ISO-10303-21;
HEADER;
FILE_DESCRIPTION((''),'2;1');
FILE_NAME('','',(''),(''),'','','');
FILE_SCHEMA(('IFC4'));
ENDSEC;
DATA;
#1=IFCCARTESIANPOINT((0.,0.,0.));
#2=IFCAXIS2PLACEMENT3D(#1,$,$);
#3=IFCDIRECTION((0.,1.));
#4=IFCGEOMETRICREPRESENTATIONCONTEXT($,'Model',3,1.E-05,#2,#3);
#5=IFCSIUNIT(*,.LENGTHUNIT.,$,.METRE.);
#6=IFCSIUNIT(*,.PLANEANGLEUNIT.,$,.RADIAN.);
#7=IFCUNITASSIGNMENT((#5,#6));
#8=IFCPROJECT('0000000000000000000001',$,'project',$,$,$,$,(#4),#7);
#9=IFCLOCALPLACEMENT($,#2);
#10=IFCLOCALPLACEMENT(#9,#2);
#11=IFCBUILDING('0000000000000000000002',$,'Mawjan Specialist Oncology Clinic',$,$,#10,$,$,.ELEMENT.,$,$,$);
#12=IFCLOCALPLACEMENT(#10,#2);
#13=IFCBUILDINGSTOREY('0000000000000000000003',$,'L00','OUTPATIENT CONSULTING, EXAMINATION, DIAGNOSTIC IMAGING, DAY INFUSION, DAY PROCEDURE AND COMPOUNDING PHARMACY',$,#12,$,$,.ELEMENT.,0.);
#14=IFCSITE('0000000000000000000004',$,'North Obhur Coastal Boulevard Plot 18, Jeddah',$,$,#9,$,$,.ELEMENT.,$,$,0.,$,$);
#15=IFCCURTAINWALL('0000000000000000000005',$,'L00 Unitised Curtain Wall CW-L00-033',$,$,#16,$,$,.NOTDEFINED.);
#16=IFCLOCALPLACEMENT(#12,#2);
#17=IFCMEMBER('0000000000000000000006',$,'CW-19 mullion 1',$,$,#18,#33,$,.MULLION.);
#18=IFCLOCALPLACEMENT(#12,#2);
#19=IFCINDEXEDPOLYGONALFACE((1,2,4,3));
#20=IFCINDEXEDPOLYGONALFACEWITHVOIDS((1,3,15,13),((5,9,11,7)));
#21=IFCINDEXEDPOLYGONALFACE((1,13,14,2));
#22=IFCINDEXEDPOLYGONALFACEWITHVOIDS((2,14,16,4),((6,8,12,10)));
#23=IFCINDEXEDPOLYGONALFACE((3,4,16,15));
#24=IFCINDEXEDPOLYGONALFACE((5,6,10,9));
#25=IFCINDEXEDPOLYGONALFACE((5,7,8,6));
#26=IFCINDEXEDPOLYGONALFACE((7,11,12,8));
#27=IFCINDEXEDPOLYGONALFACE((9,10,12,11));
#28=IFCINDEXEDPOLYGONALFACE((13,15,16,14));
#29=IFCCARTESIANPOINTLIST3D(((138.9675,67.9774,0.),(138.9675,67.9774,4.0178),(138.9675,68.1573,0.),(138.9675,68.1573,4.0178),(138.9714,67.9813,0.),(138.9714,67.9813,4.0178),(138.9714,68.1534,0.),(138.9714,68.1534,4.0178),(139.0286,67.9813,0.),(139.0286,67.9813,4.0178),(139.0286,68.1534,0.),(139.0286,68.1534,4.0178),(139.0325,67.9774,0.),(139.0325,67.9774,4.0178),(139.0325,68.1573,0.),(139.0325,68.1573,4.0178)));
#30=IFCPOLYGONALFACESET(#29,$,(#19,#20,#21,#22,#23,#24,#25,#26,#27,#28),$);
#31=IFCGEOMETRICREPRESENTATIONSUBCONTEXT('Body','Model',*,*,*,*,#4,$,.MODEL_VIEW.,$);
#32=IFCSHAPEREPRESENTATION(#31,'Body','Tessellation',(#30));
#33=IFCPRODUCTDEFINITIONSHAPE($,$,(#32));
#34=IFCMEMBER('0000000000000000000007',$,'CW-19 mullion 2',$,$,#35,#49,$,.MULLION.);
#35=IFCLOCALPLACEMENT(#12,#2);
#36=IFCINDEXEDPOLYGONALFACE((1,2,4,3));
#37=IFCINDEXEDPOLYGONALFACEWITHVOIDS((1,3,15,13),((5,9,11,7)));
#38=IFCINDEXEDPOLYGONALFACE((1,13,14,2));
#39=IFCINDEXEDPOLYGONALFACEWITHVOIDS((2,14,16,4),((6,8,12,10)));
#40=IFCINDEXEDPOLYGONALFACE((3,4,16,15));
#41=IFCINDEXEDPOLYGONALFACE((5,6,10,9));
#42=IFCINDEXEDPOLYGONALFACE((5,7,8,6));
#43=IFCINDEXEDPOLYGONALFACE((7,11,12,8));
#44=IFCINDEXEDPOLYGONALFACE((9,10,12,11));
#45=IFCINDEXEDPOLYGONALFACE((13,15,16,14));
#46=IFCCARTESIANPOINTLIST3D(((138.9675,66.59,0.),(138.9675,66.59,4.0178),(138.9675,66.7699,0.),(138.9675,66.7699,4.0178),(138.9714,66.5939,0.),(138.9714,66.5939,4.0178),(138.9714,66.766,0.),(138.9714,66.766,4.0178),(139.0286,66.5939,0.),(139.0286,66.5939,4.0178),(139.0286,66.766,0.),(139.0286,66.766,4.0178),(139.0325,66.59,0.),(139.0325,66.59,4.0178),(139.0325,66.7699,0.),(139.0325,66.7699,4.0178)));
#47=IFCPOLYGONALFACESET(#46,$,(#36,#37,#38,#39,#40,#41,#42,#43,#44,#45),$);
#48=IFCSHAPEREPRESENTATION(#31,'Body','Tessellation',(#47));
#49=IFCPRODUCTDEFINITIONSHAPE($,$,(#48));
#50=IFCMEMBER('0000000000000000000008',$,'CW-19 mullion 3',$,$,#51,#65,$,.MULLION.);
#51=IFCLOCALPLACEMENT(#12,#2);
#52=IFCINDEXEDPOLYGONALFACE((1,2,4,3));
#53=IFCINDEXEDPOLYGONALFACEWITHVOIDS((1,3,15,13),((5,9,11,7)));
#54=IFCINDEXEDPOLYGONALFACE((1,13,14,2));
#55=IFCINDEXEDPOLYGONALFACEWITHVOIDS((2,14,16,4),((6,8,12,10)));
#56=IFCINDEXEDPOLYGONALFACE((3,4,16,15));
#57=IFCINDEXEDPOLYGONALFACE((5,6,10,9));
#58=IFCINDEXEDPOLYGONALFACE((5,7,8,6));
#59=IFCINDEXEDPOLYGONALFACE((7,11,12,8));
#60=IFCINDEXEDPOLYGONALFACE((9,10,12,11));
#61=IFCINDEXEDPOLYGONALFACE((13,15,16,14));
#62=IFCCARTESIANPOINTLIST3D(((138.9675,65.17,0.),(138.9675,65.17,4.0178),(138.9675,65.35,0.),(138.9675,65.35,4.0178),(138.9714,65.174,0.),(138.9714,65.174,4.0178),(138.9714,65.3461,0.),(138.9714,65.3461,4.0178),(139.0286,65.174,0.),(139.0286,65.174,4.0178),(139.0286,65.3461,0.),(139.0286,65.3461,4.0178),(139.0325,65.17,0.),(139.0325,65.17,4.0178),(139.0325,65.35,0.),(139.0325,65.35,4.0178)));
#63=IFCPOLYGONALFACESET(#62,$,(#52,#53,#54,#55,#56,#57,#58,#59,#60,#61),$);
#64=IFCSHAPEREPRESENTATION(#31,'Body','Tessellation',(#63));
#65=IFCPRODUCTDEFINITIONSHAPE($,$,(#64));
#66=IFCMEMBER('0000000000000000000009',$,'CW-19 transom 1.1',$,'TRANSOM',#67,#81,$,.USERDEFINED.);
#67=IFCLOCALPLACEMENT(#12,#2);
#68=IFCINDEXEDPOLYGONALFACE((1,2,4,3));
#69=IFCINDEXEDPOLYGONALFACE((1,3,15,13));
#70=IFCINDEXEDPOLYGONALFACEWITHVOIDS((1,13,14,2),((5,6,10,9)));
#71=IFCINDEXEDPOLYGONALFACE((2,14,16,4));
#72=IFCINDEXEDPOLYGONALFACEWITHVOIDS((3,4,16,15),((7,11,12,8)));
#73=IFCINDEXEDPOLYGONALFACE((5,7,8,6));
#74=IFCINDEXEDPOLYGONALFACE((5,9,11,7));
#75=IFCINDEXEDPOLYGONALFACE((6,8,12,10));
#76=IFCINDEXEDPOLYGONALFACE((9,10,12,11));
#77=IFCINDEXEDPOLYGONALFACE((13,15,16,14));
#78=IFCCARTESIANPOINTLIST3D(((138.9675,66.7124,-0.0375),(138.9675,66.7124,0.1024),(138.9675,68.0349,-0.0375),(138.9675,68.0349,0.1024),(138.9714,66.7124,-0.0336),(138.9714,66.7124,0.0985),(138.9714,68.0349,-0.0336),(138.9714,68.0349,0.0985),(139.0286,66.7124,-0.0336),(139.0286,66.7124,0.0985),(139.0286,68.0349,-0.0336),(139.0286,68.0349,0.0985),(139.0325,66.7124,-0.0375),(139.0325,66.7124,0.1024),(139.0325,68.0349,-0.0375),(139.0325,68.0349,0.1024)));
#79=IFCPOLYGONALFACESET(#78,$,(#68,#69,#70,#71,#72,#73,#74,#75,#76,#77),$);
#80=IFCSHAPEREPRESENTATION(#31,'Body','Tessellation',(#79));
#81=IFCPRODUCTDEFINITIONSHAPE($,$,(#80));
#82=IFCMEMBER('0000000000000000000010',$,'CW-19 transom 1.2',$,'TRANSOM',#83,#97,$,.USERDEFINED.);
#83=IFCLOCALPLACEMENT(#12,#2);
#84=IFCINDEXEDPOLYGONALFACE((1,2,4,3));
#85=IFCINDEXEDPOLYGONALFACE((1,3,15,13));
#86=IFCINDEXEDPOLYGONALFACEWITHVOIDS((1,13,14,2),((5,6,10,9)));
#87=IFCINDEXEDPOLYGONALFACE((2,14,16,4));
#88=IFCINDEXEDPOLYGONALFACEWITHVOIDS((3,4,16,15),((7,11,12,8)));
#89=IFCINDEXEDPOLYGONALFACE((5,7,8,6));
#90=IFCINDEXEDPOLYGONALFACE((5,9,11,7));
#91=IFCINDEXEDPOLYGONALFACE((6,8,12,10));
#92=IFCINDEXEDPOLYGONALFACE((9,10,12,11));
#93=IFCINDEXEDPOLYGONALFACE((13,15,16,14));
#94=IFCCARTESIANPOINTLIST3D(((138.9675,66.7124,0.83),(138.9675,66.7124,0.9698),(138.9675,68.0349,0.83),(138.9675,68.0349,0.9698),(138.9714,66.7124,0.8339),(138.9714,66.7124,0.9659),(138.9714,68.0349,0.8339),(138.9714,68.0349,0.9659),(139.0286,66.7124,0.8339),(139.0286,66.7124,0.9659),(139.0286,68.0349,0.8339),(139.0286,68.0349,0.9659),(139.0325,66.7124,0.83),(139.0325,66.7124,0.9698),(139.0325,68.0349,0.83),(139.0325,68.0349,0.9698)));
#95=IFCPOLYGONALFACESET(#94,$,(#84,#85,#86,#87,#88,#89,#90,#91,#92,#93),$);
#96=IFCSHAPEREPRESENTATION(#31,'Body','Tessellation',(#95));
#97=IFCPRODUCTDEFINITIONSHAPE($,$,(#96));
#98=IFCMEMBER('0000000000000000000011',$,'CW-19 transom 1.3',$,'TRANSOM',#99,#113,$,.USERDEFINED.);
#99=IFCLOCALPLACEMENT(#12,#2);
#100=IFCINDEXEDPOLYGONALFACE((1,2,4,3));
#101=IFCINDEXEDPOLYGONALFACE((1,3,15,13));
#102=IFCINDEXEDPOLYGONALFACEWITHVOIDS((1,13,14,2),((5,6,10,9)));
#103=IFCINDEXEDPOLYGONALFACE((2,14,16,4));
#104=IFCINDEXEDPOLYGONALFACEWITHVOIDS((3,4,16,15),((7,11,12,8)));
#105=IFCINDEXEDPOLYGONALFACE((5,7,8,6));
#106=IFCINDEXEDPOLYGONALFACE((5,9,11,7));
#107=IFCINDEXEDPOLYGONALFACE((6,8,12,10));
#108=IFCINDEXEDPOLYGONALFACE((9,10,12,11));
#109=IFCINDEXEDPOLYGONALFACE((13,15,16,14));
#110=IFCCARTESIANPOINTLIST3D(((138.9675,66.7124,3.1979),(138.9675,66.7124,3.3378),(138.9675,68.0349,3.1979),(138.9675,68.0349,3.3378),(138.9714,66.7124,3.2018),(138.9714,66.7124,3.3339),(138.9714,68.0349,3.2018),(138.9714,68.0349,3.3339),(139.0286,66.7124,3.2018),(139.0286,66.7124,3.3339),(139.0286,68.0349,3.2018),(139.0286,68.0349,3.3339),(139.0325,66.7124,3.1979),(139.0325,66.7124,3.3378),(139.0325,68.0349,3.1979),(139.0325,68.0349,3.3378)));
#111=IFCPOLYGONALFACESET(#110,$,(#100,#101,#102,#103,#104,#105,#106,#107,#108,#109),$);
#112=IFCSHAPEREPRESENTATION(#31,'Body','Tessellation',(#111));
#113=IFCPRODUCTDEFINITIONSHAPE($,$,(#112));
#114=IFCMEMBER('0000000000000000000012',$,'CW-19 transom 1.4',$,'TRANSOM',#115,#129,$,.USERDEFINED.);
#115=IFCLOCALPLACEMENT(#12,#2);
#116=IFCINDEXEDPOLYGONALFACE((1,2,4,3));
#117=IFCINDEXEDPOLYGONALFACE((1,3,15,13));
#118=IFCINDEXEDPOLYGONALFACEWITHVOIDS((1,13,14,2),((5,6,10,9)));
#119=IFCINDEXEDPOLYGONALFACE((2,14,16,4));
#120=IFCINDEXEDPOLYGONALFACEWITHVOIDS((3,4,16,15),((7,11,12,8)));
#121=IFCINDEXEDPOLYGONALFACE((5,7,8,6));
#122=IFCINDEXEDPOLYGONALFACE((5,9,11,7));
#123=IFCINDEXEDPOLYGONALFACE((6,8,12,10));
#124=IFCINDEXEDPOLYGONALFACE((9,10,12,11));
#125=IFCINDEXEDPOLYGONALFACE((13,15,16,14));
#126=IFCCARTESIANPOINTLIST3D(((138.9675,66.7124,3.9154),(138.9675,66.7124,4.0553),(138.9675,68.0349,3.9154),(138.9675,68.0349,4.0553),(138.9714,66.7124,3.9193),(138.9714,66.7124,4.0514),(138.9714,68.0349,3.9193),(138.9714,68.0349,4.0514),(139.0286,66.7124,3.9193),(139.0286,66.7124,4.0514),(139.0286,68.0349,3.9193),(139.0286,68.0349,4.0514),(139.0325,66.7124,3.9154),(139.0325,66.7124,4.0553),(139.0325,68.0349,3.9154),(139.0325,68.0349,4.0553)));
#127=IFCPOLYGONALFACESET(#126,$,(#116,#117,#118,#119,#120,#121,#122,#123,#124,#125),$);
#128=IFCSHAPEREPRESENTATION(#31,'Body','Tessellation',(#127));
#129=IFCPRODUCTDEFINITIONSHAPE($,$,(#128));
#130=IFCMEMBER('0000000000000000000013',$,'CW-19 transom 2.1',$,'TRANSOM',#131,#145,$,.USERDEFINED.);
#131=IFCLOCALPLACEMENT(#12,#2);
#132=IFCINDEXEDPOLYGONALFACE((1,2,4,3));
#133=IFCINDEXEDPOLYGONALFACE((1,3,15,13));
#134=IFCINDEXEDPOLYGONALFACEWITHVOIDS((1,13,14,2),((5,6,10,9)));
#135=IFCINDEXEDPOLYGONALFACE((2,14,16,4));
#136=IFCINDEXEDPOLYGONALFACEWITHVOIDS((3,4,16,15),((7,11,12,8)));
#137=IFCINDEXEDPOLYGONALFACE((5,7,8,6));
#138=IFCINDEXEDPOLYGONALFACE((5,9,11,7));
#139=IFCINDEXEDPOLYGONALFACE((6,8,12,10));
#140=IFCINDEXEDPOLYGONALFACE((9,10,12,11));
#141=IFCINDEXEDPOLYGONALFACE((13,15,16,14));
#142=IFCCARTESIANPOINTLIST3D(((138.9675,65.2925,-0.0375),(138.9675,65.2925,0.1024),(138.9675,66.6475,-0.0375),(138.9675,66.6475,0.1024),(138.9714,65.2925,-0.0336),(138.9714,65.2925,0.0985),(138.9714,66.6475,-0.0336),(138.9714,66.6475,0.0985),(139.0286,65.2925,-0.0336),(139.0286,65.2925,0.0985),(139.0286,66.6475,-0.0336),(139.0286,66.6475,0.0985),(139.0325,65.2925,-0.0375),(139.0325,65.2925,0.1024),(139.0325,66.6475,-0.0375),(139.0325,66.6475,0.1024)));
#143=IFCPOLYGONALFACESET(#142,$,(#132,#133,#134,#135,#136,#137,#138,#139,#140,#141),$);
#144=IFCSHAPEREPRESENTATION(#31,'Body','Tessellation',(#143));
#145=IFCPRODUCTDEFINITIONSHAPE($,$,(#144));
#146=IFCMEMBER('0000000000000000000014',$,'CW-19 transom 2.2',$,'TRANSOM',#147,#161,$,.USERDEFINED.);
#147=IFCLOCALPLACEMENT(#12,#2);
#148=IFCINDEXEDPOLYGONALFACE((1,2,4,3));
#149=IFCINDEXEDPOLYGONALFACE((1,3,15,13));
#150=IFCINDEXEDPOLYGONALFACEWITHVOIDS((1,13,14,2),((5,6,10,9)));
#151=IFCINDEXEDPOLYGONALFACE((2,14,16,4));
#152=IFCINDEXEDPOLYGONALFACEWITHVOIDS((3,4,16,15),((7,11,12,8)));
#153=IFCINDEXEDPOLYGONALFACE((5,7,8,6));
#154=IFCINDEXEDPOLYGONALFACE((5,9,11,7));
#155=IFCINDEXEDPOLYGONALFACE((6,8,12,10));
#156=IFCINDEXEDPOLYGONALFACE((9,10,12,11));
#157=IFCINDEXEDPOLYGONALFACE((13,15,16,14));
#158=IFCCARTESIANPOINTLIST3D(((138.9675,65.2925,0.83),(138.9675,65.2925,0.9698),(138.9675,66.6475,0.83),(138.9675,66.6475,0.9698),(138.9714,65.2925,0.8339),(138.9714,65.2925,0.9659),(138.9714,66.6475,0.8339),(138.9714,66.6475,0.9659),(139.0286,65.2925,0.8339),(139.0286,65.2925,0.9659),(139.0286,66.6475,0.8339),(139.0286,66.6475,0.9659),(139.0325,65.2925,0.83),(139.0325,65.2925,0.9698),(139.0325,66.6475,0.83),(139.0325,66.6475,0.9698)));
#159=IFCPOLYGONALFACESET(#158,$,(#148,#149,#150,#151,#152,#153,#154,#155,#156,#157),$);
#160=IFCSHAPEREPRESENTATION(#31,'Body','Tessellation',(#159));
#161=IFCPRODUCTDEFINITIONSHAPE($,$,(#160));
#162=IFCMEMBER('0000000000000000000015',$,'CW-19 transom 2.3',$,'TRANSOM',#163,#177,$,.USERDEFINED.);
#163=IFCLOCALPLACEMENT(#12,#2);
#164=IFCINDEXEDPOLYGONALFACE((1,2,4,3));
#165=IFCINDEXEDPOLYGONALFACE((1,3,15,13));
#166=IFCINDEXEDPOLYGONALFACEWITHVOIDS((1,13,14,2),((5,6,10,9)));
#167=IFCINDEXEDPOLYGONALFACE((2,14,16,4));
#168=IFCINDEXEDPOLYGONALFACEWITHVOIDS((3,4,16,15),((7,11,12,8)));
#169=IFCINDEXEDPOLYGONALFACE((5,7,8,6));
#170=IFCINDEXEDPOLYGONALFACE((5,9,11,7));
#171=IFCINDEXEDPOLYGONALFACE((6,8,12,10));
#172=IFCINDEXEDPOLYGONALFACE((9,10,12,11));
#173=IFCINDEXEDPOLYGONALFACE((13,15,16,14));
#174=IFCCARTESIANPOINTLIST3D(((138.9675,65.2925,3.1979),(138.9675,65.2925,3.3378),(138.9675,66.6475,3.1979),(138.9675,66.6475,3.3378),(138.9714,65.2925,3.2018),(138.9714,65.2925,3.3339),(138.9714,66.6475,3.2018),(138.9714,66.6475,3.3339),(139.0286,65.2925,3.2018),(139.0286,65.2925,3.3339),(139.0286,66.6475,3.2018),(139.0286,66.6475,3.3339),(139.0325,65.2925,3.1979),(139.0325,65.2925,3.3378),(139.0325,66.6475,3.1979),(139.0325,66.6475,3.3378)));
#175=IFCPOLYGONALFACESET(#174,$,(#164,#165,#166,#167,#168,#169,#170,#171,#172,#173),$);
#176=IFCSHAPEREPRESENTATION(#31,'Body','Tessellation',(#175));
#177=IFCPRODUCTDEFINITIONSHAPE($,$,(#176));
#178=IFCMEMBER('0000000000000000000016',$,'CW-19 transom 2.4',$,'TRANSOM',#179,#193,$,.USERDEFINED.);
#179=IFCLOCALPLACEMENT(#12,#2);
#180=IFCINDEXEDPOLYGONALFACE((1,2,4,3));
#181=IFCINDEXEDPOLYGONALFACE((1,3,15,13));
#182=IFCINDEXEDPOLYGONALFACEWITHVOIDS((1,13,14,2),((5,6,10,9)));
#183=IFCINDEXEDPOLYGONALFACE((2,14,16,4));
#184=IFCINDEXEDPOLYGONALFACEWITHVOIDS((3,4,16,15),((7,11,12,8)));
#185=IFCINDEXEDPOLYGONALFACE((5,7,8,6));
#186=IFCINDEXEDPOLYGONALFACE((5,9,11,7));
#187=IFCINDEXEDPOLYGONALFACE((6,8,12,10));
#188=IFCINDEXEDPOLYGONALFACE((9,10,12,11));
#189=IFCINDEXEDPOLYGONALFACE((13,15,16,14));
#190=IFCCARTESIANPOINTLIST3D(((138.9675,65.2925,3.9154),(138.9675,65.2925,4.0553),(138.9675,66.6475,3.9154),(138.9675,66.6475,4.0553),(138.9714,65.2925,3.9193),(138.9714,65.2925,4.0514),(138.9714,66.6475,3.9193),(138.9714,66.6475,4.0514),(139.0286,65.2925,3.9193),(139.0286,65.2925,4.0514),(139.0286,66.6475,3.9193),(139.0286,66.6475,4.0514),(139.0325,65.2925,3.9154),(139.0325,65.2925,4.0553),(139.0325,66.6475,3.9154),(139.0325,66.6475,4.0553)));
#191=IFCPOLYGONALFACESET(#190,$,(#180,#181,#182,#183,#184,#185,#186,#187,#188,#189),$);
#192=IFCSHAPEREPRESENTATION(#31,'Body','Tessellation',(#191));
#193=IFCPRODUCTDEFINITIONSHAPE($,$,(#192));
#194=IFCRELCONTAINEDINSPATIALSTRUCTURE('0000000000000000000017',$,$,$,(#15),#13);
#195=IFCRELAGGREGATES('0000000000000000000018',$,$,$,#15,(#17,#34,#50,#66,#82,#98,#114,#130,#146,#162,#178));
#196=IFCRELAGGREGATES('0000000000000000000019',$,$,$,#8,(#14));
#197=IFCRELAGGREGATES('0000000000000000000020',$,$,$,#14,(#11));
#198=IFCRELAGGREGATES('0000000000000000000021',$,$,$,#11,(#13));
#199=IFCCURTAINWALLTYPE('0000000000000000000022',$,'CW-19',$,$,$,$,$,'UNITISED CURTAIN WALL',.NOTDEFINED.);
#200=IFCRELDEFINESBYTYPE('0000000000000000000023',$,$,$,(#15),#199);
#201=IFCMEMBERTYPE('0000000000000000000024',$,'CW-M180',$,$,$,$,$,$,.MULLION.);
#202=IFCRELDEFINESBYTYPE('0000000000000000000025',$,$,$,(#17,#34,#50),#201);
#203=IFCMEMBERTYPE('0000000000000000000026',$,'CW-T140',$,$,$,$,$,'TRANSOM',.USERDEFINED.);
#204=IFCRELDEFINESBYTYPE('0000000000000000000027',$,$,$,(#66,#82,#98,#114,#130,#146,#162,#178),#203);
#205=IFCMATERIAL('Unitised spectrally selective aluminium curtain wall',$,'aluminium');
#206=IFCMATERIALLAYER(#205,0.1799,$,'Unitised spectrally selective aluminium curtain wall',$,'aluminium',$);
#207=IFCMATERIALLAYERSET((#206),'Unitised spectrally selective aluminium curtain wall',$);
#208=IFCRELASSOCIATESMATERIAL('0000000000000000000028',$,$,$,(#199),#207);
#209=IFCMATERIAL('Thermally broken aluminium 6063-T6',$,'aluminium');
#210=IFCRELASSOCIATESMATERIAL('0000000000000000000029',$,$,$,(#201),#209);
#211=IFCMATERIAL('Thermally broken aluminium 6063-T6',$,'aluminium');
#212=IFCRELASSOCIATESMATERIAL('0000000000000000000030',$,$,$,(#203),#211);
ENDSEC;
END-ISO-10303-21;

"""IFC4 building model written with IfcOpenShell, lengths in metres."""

from ifc_helpers import new_model, si_unit, direction, frame, origin, origin_2d, place, context, subcontext, project, spatial, hollow_rectangle, extrude, material, layer, layer_set, material_profile, profile_set, type_object, element, aggregate, save


model = new_model("IFC4")

# Units and contexts
model_context = context("Model", 3, precision=1e-05, world=origin(), true_north=direction((0.0, 1.0)))
body_context = subcontext(model_context, "Body", "Model", "MODEL_VIEW")
ifc_project = project(units=[si_unit("LENGTHUNIT", "METRE"), si_unit("PLANEANGLEUNIT", "RADIAN")], contexts=[model_context])

# Site, building, storey
site_placement = place(None, origin())
site = spatial("IfcSite", under=ifc_project, at=site_placement, Name="North Obhur Coastal Boulevard Plot 18, Jeddah", CompositionType="ELEMENT", RefElevation=0.0)
building_placement = place(site_placement, origin())
building = spatial("IfcBuilding", under=site, at=building_placement, Name="Mawjan Specialist Oncology Clinic", CompositionType="ELEMENT")
storey_placement = place(building_placement, origin())
storey = spatial("IfcBuildingStorey", under=building, at=storey_placement, Name="L00", Description="OUTPATIENT CONSULTING, EXAMINATION, DIAGNOSTIC IMAGING, DAY INFUSION, DAY PROCEDURE AND COMPOUNDING PHARMACY", CompositionType="ELEMENT", Elevation=0.0)

# Curtain wall, members
ifc_material_1 = material(Name="Unitised spectrally selective aluminium curtain wall", Category="aluminium")
ifc_layer_1 = layer(ifc_material_1, 0.1799, Name="Unitised spectrally selective aluminium curtain wall", Category="aluminium")
ifc_layer_set_1 = layer_set([ifc_layer_1], Name="Unitised spectrally selective aluminium curtain wall")
curtain_wall_type = type_object("IfcCurtainWallType", Name="CW-19", ElementType="UNITISED CURTAIN WALL", PredefinedType="NOTDEFINED", material=ifc_layer_set_1)
curtain_wall_placement = place(storey_placement, origin())
curtain_wall = element("IfcCurtainWall", 1, at=curtain_wall_placement, inside=storey, type_object=curtain_wall_type, Name="L00 Unitised Curtain Wall CW-L00-033", PredefinedType="NOTDEFINED")
ifc_material_2 = material(Name="Thermally broken aluminium 6063-T6", Category="aluminium")
ifc_material_profile_1 = material_profile(ifc_material_2, hollow_rectangle(XDim=0.0649, YDim=0.1799, WallThickness=0.0039, at=origin_2d()), Name="ALU MULLION 180x65x4", Category="aluminium")
ifc_profile_set_1 = profile_set([ifc_material_profile_1], Name="Thermally broken aluminium 6063-T6")
member_type_1 = type_object("IfcMemberType", Name="CW-M180", PredefinedType="MULLION", material=ifc_profile_set_1)
member_1_placement = place(storey_placement, frame((139.0, 68.0674, 0.0), z_axis=(0.0, 0.0, 1.0), x_axis=(1.0, 0.0, 0.0)))
member_1 = element("IfcMember", 2, at=member_1_placement, type_object=member_type_1, Name="CW-19 mullion 1", PredefinedType="MULLION", context=body_context, shape_type="SweptSolid", body=[
    extrude(hollow_rectangle(XDim=0.0649, YDim=0.1799, WallThickness=0.0039, at=origin_2d()), origin(), (0.0, 0.0, 1.0), 4.0178),
])
member_2_placement = place(storey_placement, frame((139.0, 66.6799, 0.0), z_axis=(0.0, 0.0, 1.0), x_axis=(1.0, 0.0, 0.0)))
member_2 = element("IfcMember", 3, at=member_2_placement, type_object=member_type_1, Name="CW-19 mullion 2", PredefinedType="MULLION", context=body_context, shape_type="SweptSolid", body=[
    extrude(hollow_rectangle(XDim=0.0649, YDim=0.1799, WallThickness=0.0039, at=origin_2d()), origin(), (0.0, 0.0, 1.0), 4.0178),
])
member_3_placement = place(storey_placement, frame((139.0, 65.26, 0.0), z_axis=(0.0, 0.0, 1.0), x_axis=(1.0, 0.0, 0.0)))
member_3 = element("IfcMember", 4, at=member_3_placement, type_object=member_type_1, Name="CW-19 mullion 3", PredefinedType="MULLION", context=body_context, shape_type="SweptSolid", body=[
    extrude(hollow_rectangle(XDim=0.0649, YDim=0.1799, WallThickness=0.0039, at=origin_2d()), origin(), (0.0, 0.0, 1.0), 4.0178),
])
ifc_material_3 = material(Name="Thermally broken aluminium 6063-T6", Category="aluminium")
ifc_material_profile_2 = material_profile(ifc_material_3, hollow_rectangle(XDim=0.0649, YDim=0.1399, WallThickness=0.0039, at=origin_2d()), Name="ALU TRANSOM 140x65x4", Category="aluminium")
ifc_profile_set_2 = profile_set([ifc_material_profile_2], Name="Thermally broken aluminium 6063-T6")
member_type_2 = type_object("IfcMemberType", Name="CW-T140", ElementType="TRANSOM", PredefinedType="USERDEFINED", material=ifc_profile_set_2)
member_4_placement = place(storey_placement, frame((139.0, 68.0349, 0.0325), z_axis=(0.0, -1.0, 0.0), x_axis=(1.0, 0.0, 0.0)))
member_4 = element("IfcMember", 5, at=member_4_placement, type_object=member_type_2, Name="CW-19 transom 1.1", ObjectType="TRANSOM", PredefinedType="USERDEFINED", context=body_context, shape_type="SweptSolid", body=[
    extrude(hollow_rectangle(XDim=0.0649, YDim=0.1399, WallThickness=0.0039, at=origin_2d()), origin(), (0.0, 0.0, 1.0), 1.3225),
])
member_5_placement = place(storey_placement, frame((139.0, 68.0349, 0.8999), z_axis=(0.0, -1.0, 0.0), x_axis=(1.0, 0.0, 0.0)))
member_5 = element("IfcMember", 6, at=member_5_placement, type_object=member_type_2, Name="CW-19 transom 1.2", ObjectType="TRANSOM", PredefinedType="USERDEFINED", context=body_context, shape_type="SweptSolid", body=[
    extrude(hollow_rectangle(XDim=0.0649, YDim=0.1399, WallThickness=0.0039, at=origin_2d()), origin(), (0.0, 0.0, 1.0), 1.3225),
])
member_6_placement = place(storey_placement, frame((139.0, 68.0349, 3.2678), z_axis=(0.0, -1.0, 0.0), x_axis=(1.0, 0.0, 0.0)))
member_6 = element("IfcMember", 7, at=member_6_placement, type_object=member_type_2, Name="CW-19 transom 1.3", ObjectType="TRANSOM", PredefinedType="USERDEFINED", context=body_context, shape_type="SweptSolid", body=[
    extrude(hollow_rectangle(XDim=0.0649, YDim=0.1399, WallThickness=0.0039, at=origin_2d()), origin(), (0.0, 0.0, 1.0), 1.3225),
])
member_7_placement = place(storey_placement, frame((139.0, 68.0349, 3.9854), z_axis=(0.0, -1.0, 0.0), x_axis=(1.0, 0.0, 0.0)))
member_7 = element("IfcMember", 8, at=member_7_placement, type_object=member_type_2, Name="CW-19 transom 1.4", ObjectType="TRANSOM", PredefinedType="USERDEFINED", context=body_context, shape_type="SweptSolid", body=[
    extrude(hollow_rectangle(XDim=0.0649, YDim=0.1399, WallThickness=0.0039, at=origin_2d()), origin(), (0.0, 0.0, 1.0), 1.3225),
])
member_8_placement = place(storey_placement, frame((139.0, 66.6475, 0.0325), z_axis=(0.0, -1.0, 0.0), x_axis=(1.0, 0.0, 0.0)))
member_8 = element("IfcMember", 9, at=member_8_placement, type_object=member_type_2, Name="CW-19 transom 2.1", ObjectType="TRANSOM", PredefinedType="USERDEFINED", context=body_context, shape_type="SweptSolid", body=[
    extrude(hollow_rectangle(XDim=0.0649, YDim=0.1399, WallThickness=0.0039, at=origin_2d()), origin(), (0.0, 0.0, 1.0), 1.355),
])
member_9_placement = place(storey_placement, frame((139.0, 66.6475, 0.8999), z_axis=(0.0, -1.0, 0.0), x_axis=(1.0, 0.0, 0.0)))
member_9 = element("IfcMember", 10, at=member_9_placement, type_object=member_type_2, Name="CW-19 transom 2.2", ObjectType="TRANSOM", PredefinedType="USERDEFINED", context=body_context, shape_type="SweptSolid", body=[
    extrude(hollow_rectangle(XDim=0.0649, YDim=0.1399, WallThickness=0.0039, at=origin_2d()), origin(), (0.0, 0.0, 1.0), 1.355),
])
member_10_placement = place(storey_placement, frame((139.0, 66.6475, 3.2678), z_axis=(0.0, -1.0, 0.0), x_axis=(1.0, 0.0, 0.0)))
member_10 = element("IfcMember", 11, at=member_10_placement, type_object=member_type_2, Name="CW-19 transom 2.3", ObjectType="TRANSOM", PredefinedType="USERDEFINED", context=body_context, shape_type="SweptSolid", body=[
    extrude(hollow_rectangle(XDim=0.0649, YDim=0.1399, WallThickness=0.0039, at=origin_2d()), origin(), (0.0, 0.0, 1.0), 1.355),
])
member_11_placement = place(storey_placement, frame((139.0, 66.6475, 3.9854), z_axis=(0.0, -1.0, 0.0), x_axis=(1.0, 0.0, 0.0)))
member_11 = element("IfcMember", 12, at=member_11_placement, type_object=member_type_2, Name="CW-19 transom 2.4", ObjectType="TRANSOM", PredefinedType="USERDEFINED", context=body_context, shape_type="SweptSolid", body=[
    extrude(hollow_rectangle(XDim=0.0649, YDim=0.1399, WallThickness=0.0039, at=origin_2d()), origin(), (0.0, 0.0, 1.0), 1.355),
])
aggregate(curtain_wall, [member_1, member_2, member_3, member_4, member_5, member_6, member_7, member_8, member_9, member_10, member_11])

save(model, "model.ifc")
